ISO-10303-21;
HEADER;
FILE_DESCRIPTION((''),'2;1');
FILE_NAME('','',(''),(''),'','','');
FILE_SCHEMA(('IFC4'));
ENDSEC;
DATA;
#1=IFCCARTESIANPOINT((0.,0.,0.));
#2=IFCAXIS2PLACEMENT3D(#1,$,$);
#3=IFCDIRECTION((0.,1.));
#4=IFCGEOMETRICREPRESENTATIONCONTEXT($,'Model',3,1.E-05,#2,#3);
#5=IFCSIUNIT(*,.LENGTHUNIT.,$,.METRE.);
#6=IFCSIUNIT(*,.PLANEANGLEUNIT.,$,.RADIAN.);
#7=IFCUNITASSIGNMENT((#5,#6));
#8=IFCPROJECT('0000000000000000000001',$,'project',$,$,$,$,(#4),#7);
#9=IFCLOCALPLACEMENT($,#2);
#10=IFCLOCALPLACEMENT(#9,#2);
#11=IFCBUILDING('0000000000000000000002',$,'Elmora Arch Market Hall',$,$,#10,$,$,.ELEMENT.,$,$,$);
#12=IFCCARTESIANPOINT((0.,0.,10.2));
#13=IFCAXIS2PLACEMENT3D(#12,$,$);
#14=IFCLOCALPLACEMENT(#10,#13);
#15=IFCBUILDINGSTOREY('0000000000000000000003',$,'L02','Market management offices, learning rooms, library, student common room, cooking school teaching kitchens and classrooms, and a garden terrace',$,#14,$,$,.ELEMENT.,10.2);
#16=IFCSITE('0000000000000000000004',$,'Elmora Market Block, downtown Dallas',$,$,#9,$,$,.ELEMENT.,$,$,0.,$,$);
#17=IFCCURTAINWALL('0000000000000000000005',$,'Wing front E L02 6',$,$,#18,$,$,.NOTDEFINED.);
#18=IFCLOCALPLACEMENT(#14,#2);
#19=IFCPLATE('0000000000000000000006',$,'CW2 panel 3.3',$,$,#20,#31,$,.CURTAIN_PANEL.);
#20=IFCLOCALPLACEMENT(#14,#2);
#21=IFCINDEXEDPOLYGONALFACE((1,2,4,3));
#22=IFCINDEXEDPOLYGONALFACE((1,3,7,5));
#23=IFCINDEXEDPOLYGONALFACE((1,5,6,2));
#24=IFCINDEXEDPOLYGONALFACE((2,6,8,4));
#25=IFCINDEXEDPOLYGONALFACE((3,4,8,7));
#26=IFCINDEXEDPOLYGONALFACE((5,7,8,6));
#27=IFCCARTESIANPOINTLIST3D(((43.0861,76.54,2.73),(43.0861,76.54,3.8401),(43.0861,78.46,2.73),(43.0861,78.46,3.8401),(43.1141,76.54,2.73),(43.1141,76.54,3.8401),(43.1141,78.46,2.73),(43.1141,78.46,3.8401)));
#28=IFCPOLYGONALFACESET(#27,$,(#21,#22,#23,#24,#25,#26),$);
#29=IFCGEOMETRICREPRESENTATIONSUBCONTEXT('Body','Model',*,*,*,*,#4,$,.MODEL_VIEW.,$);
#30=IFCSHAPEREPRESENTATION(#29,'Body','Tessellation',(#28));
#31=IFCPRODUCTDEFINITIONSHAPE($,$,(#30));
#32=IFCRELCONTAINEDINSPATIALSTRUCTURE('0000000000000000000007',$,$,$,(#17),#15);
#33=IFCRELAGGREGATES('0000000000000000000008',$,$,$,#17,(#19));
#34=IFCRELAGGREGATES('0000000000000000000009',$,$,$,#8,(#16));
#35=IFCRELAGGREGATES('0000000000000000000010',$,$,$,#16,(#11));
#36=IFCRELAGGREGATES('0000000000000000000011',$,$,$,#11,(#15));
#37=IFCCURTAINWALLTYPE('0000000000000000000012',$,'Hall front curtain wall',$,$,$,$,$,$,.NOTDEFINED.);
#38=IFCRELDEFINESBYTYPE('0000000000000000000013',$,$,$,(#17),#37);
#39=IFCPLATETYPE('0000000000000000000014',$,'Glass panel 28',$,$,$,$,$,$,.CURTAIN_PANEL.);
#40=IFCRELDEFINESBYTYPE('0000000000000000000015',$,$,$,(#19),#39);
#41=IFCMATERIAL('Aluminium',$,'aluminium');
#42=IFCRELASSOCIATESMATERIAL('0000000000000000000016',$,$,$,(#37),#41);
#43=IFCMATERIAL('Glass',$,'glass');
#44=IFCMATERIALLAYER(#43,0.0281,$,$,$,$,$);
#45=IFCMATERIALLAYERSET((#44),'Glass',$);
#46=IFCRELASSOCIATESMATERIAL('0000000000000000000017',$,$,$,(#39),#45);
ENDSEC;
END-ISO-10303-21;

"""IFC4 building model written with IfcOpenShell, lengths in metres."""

from ifc_helpers import new_model, si_unit, direction, frame, origin, origin_2d, place, context, subcontext, project, spatial, rectangle, extrude, material, layer, layer_set, type_object, element, aggregate, save


model = new_model("IFC4")

# Units and contexts
model_context = context("Model", 3, precision=1e-05, world=origin(), true_north=direction((0.0, 1.0)))
body_context = subcontext(model_context, "Body", "Model", "MODEL_VIEW")
ifc_project = project(units=[si_unit("LENGTHUNIT", "METRE"), si_unit("PLANEANGLEUNIT", "RADIAN")], contexts=[model_context])

# Site, building, storey
site_placement = place(None, origin())
site = spatial("IfcSite", under=ifc_project, at=site_placement, Name="Elmora Market Block, downtown Dallas", CompositionType="ELEMENT", RefElevation=0.0)
building_placement = place(site_placement, origin())
building = spatial("IfcBuilding", under=site, at=building_placement, Name="Elmora Arch Market Hall", CompositionType="ELEMENT")
storey_placement = place(building_placement, frame((0.0, 0.0, 10.2)))
storey = spatial("IfcBuildingStorey", under=building, at=storey_placement, Name="L02", Description="Market management offices, learning rooms, library, student common room, cooking school teaching kitchens and classrooms, and a garden terrace", CompositionType="ELEMENT", Elevation=10.2)

# Shared definitions
ifc_material_1 = material(Name="Aluminium", Category="aluminium")
curtain_wall_type = type_object("IfcCurtainWallType", Name="Hall front curtain wall", PredefinedType="NOTDEFINED", material=ifc_material_1)

# Curtain wall
curtain_wall_1_placement = place(storey_placement, origin())
curtain_wall_1 = element("IfcCurtainWall", 1, at=curtain_wall_1_placement, inside=storey, type_object=curtain_wall_type, Name="Wing front E L02 6", PredefinedType="NOTDEFINED")

# Plate
ifc_material_2 = material(Name="Glass", Category="glass")
ifc_layer = layer(ifc_material_2, 0.0281)
ifc_layer_set = layer_set([ifc_layer], Name="Glass")
plate_type = type_object("IfcPlateType", Name="Glass panel 28", PredefinedType="CURTAIN_PANEL", material=ifc_layer_set)
plate_1_placement = place(storey_placement, frame((43.1001, 77.5, 2.73), z_axis=(0.0, 0.0, 1.0), x_axis=(0.0, 1.0, 0.0)))
plate_1 = element("IfcPlate", 2, at=plate_1_placement, type_object=plate_type, Name="CW2 panel 3.3", PredefinedType="CURTAIN_PANEL", context=body_context, shape_type="SweptSolid", body=[
    extrude(rectangle(XDim=1.9199, YDim=0.0281, at=origin_2d()), origin(), (0.0, 0.0, 1.0), 1.1101),
])
aggregate(curtain_wall_1, [plate_1])

save(model, "model.ifc")
